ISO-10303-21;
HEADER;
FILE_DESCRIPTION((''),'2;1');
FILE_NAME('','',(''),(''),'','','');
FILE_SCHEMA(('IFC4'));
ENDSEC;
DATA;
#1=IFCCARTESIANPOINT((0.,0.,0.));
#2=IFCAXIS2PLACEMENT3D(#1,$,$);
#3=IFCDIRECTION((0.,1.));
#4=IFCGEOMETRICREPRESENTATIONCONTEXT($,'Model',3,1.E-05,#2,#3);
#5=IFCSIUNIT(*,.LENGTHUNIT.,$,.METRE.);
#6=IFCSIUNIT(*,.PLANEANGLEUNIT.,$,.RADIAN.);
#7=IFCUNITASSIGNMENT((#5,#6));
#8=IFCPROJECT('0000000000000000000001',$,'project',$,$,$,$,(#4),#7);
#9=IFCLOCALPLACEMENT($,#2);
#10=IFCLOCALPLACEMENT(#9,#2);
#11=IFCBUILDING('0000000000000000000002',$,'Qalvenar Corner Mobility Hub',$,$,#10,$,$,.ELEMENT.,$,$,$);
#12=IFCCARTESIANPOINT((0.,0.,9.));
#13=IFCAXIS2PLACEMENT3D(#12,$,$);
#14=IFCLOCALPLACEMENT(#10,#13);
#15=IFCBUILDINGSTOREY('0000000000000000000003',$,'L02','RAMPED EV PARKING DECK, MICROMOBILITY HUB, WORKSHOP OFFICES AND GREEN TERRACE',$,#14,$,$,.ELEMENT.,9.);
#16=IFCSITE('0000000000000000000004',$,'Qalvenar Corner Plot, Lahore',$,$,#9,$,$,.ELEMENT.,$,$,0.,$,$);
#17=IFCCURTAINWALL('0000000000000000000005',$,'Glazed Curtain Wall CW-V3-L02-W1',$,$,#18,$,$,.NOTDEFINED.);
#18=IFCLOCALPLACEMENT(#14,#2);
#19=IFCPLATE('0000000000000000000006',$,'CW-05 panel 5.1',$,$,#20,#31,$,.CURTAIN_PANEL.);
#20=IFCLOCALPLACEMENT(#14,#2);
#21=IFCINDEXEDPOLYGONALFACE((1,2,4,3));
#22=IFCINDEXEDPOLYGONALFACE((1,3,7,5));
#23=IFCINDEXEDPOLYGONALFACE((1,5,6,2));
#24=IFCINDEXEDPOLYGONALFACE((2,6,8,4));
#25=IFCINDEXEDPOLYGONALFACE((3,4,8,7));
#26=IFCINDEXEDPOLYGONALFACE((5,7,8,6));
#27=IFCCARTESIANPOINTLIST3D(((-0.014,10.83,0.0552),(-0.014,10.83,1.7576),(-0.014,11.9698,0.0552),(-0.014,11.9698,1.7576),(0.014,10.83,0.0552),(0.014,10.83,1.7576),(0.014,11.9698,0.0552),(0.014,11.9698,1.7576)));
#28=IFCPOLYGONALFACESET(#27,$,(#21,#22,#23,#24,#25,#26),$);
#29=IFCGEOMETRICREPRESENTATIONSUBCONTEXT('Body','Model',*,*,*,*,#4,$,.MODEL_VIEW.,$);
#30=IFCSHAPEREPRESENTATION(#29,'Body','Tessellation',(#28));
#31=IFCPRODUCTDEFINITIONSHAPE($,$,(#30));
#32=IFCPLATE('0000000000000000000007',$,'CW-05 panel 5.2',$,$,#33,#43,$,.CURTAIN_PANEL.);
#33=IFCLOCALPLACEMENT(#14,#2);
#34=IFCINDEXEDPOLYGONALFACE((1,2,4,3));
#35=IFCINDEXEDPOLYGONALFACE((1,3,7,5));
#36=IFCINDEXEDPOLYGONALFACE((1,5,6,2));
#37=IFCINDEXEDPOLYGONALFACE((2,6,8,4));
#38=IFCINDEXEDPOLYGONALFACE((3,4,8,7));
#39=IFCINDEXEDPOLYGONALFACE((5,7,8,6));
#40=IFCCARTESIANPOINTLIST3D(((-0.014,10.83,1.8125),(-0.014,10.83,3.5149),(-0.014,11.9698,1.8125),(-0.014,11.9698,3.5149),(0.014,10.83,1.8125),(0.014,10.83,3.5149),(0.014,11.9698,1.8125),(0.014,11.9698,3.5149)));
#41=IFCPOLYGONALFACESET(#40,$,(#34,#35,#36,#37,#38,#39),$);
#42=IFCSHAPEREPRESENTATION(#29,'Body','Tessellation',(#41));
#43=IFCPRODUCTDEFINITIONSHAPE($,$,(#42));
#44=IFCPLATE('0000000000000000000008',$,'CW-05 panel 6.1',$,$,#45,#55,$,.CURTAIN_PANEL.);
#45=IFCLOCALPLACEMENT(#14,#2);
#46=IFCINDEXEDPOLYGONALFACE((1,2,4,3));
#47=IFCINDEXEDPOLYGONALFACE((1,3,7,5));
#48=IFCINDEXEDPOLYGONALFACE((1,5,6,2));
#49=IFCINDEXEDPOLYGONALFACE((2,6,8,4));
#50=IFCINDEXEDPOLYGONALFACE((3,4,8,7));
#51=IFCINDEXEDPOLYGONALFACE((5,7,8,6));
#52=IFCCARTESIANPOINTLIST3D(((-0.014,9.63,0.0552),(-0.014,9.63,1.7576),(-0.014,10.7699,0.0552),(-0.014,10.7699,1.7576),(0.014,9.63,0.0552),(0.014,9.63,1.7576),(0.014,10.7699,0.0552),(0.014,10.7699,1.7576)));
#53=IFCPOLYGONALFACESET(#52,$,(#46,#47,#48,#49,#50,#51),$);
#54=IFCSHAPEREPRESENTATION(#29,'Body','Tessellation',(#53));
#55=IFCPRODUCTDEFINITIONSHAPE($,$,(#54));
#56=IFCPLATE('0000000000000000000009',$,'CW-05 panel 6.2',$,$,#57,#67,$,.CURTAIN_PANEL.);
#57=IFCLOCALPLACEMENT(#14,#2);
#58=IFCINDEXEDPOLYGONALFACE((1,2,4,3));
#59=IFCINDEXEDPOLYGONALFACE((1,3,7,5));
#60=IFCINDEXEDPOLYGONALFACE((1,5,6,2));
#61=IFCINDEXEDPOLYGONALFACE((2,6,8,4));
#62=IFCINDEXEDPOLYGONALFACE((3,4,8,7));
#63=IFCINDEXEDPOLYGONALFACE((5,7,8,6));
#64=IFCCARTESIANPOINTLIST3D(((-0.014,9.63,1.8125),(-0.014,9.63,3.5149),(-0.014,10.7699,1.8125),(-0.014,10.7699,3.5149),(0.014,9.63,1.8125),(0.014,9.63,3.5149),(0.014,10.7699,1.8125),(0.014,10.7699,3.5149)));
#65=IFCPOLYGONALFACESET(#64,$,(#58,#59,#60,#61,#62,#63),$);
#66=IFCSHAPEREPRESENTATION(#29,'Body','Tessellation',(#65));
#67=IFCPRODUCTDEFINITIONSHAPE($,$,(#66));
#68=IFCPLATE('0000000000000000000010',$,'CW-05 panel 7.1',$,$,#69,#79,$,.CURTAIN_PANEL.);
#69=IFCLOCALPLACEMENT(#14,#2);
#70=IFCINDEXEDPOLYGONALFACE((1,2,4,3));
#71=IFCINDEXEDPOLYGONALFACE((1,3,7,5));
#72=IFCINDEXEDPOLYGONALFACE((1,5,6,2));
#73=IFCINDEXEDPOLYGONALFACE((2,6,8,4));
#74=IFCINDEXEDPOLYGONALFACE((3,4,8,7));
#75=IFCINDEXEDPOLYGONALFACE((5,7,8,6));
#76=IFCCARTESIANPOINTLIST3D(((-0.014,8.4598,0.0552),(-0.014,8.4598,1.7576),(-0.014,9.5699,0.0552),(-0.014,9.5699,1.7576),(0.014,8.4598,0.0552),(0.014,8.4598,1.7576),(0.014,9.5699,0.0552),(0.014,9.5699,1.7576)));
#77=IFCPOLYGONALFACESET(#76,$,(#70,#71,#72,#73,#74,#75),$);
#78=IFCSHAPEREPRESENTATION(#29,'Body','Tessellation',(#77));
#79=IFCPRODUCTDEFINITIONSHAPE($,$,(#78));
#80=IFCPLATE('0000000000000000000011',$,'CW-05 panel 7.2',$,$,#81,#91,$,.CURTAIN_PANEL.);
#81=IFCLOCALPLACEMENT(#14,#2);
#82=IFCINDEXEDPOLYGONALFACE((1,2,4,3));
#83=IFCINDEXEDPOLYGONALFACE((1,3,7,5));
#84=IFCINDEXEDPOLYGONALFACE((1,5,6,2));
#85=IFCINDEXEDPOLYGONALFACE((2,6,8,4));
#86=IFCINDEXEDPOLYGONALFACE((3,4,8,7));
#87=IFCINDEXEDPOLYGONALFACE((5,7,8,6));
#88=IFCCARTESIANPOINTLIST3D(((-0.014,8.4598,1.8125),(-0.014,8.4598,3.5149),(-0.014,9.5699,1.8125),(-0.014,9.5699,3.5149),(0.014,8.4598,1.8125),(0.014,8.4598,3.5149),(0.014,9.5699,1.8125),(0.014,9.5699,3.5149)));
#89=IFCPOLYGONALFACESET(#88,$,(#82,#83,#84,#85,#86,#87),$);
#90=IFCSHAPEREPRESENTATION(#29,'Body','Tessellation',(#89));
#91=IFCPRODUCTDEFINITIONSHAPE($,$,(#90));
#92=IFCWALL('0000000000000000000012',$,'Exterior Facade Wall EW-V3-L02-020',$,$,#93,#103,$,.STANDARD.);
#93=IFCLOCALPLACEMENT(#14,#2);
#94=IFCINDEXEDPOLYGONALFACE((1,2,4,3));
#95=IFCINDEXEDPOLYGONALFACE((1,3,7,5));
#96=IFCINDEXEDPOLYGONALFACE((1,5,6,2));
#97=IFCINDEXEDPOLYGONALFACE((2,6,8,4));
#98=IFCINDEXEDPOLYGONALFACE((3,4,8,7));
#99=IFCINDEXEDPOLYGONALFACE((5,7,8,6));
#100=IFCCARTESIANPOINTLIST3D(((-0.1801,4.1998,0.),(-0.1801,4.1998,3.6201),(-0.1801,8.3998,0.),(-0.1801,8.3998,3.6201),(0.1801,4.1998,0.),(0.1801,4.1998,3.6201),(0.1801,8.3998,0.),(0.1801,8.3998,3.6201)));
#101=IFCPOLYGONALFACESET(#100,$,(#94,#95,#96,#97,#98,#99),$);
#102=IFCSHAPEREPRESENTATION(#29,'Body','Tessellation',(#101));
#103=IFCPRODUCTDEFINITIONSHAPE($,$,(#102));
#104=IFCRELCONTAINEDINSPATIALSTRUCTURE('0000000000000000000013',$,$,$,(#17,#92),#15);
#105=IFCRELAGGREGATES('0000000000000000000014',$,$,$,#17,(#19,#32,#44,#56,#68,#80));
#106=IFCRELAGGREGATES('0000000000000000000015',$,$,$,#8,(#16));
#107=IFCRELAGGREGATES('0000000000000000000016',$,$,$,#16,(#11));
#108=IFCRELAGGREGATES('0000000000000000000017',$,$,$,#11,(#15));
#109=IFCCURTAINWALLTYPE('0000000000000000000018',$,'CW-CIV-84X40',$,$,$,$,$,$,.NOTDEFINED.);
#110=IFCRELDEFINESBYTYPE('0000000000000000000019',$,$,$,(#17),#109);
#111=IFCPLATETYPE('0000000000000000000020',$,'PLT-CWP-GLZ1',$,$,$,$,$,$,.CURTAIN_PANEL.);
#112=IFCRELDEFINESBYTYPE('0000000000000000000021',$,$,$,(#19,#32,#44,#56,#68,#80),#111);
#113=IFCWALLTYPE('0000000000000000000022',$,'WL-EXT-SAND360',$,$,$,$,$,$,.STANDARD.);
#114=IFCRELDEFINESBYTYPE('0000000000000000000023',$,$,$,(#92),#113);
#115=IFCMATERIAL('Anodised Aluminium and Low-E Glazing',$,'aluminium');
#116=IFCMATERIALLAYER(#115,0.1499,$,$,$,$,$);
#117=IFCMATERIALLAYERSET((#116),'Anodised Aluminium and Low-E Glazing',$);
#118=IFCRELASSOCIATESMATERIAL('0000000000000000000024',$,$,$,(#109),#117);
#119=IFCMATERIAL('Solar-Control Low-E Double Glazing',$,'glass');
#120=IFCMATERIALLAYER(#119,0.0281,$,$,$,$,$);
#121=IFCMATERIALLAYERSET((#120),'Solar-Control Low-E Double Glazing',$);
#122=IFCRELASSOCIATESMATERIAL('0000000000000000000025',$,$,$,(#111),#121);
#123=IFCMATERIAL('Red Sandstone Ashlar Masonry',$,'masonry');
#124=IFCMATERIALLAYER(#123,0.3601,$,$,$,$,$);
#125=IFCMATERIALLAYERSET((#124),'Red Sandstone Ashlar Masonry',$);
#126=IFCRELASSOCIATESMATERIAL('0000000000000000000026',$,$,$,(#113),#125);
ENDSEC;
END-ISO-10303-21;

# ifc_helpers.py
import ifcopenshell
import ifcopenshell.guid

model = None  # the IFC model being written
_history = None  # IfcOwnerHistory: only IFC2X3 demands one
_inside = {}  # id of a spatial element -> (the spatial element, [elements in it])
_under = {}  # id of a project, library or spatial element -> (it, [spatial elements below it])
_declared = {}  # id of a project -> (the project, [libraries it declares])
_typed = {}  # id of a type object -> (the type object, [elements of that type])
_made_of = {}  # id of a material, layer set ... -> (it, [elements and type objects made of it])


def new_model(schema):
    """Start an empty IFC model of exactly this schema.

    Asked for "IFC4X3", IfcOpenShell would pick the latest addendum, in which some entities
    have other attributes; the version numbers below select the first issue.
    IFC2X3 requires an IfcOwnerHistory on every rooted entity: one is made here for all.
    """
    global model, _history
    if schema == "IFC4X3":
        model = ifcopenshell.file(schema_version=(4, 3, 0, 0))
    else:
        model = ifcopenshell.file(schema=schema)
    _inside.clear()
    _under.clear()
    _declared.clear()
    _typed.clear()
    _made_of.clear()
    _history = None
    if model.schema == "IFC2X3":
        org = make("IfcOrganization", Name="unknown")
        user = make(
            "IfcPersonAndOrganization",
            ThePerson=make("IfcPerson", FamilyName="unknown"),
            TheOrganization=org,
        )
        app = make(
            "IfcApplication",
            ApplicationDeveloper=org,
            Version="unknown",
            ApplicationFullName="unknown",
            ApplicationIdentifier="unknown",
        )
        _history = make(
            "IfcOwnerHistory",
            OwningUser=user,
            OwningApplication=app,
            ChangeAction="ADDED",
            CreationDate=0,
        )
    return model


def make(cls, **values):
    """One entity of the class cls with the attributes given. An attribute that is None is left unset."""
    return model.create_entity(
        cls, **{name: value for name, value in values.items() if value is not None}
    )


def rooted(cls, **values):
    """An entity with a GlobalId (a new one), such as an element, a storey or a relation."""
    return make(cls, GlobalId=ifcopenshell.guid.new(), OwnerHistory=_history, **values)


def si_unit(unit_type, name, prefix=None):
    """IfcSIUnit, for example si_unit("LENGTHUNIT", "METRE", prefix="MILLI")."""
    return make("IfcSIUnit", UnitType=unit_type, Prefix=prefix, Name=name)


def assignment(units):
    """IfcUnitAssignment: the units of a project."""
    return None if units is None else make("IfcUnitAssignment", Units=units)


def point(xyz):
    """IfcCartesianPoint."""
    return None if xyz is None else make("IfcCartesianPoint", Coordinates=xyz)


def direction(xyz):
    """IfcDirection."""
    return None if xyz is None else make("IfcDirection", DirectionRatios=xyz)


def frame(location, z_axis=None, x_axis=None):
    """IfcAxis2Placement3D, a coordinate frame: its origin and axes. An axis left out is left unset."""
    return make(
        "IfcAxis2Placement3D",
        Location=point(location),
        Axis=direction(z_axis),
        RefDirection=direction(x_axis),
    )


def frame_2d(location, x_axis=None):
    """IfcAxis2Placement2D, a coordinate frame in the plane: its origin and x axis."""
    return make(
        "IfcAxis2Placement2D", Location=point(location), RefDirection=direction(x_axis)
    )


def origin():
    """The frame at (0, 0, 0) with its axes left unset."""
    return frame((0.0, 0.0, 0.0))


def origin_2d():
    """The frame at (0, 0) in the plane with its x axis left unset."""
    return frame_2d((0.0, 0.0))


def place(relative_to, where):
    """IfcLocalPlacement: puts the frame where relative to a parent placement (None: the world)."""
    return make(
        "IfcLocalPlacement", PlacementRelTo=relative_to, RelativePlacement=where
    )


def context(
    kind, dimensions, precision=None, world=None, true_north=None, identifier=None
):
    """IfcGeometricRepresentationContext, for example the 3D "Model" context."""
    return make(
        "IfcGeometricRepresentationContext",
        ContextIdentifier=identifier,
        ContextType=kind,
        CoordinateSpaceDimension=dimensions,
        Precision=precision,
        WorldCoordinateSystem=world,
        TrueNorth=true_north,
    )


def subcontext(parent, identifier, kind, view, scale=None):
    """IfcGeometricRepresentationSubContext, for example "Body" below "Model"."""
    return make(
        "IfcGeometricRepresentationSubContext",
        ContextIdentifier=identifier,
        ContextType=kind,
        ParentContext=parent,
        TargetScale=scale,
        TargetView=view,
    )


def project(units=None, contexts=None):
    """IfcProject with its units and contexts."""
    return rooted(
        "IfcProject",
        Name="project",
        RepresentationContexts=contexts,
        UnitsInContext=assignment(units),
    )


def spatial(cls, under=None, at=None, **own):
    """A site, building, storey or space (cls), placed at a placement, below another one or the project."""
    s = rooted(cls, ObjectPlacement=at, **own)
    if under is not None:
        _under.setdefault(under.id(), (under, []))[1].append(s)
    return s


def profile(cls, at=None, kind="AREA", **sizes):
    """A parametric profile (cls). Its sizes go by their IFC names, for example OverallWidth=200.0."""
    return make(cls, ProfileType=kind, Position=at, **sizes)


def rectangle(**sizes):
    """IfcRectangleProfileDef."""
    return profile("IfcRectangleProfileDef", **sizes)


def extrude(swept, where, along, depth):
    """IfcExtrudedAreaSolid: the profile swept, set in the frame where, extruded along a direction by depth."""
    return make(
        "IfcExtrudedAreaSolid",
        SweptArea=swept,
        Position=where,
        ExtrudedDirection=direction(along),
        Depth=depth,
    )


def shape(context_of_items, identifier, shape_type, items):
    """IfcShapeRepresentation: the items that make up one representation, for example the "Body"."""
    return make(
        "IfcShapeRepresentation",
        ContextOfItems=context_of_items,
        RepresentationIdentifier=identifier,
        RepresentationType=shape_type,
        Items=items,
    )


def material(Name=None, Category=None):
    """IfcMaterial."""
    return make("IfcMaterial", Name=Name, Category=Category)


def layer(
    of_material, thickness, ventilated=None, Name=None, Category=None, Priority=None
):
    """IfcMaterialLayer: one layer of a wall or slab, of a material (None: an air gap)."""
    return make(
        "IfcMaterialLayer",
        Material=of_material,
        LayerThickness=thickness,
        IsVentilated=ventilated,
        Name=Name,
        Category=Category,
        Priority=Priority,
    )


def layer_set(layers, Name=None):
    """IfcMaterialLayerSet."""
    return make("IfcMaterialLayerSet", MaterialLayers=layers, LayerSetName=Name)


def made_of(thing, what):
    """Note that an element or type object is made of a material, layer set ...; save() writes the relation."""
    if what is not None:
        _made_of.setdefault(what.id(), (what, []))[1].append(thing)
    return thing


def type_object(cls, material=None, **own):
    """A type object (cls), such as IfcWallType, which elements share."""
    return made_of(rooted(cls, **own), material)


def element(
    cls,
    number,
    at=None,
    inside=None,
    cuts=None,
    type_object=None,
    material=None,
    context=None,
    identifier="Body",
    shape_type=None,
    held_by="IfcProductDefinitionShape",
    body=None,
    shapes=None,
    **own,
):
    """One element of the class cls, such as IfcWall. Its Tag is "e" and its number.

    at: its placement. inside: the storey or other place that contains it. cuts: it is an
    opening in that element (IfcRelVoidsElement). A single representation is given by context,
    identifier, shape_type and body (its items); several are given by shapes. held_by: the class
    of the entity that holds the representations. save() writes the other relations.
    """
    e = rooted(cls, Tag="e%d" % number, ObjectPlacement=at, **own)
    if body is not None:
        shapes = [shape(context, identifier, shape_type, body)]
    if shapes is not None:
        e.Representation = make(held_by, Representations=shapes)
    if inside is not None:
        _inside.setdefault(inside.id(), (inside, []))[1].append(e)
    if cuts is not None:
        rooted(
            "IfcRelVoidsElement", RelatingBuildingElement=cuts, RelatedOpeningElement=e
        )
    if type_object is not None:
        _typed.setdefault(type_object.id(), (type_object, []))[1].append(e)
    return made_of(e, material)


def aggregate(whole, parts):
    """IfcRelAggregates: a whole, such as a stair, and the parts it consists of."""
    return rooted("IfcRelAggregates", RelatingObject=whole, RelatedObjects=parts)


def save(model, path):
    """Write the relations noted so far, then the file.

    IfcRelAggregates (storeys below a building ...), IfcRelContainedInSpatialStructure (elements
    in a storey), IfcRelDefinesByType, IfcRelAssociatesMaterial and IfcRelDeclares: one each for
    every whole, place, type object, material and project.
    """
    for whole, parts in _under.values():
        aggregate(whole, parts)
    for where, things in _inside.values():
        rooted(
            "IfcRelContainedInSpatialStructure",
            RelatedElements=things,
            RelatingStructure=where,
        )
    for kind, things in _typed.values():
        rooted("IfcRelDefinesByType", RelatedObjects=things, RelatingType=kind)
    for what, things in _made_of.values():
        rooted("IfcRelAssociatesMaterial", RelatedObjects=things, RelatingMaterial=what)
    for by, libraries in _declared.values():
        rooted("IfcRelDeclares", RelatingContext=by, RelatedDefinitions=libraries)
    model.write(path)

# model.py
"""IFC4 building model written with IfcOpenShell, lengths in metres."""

from ifc_helpers import new_model, si_unit, direction, frame, frame_2d, origin, origin_2d, place, context, subcontext, project, spatial, rectangle, extrude, material, layer, layer_set, type_object, element, aggregate, save


model = new_model("IFC4")

# Units and contexts
model_context = context("Model", 3, precision=1e-05, world=origin(), true_north=direction((0.0, 1.0)))
body_context = subcontext(model_context, "Body", "Model", "MODEL_VIEW")
ifc_project = project(units=[si_unit("LENGTHUNIT", "METRE"), si_unit("PLANEANGLEUNIT", "RADIAN")], contexts=[model_context])

# Site, building, storey
site_placement = place(None, origin())
site = spatial("IfcSite", under=ifc_project, at=site_placement, Name="Qalvenar Corner Plot, Lahore", CompositionType="ELEMENT", RefElevation=0.0)
building_placement = place(site_placement, origin())
building = spatial("IfcBuilding", under=site, at=building_placement, Name="Qalvenar Corner Mobility Hub", CompositionType="ELEMENT")
storey_placement = place(building_placement, frame((0.0, 0.0, 9.0)))
storey = spatial("IfcBuildingStorey", under=building, at=storey_placement, Name="L02", Description="RAMPED EV PARKING DECK, MICROMOBILITY HUB, WORKSHOP OFFICES AND GREEN TERRACE", CompositionType="ELEMENT", Elevation=9.0)

# Curtain wall, plates
ifc_material_1 = material(Name="Anodised Aluminium and Low-E Glazing", Category="aluminium")
ifc_layer_1 = layer(ifc_material_1, 0.1499)
ifc_layer_set_1 = layer_set([ifc_layer_1], Name="Anodised Aluminium and Low-E Glazing")
curtain_wall_type = type_object("IfcCurtainWallType", Name="CW-CIV-84X40", PredefinedType="NOTDEFINED", material=ifc_layer_set_1)
curtain_wall_placement = place(storey_placement, origin())
curtain_wall = element("IfcCurtainWall", 1, at=curtain_wall_placement, inside=storey, type_object=curtain_wall_type, Name="Glazed Curtain Wall CW-V3-L02-W1", PredefinedType="NOTDEFINED")
ifc_material_2 = material(Name="Solar-Control Low-E Double Glazing", Category="glass")
ifc_layer_2 = layer(ifc_material_2, 0.0281)
ifc_layer_set_2 = layer_set([ifc_layer_2], Name="Solar-Control Low-E Double Glazing")
plate_type = type_object("IfcPlateType", Name="PLT-CWP-GLZ1", PredefinedType="CURTAIN_PANEL", material=ifc_layer_set_2)
plate_1_placement = place(storey_placement, frame((0.0, 11.3999, 0.0552), z_axis=(0.0, 0.0, 1.0), x_axis=(0.0, -1.0, 0.0)))
plate_1 = element("IfcPlate", 2, at=plate_1_placement, type_object=plate_type, Name="CW-05 panel 5.1", PredefinedType="CURTAIN_PANEL", context=body_context, shape_type="SweptSolid", body=[
    extrude(rectangle(XDim=1.1399, YDim=0.0281, at=origin_2d()), origin(), (0.0, 0.0, 1.0), 1.7024),
])
plate_2_placement = place(storey_placement, frame((0.0, 11.3999, 1.8125), z_axis=(0.0, 0.0, 1.0), x_axis=(0.0, -1.0, 0.0)))
plate_2 = element("IfcPlate", 3, at=plate_2_placement, type_object=plate_type, Name="CW-05 panel 5.2", PredefinedType="CURTAIN_PANEL", context=body_context, shape_type="SweptSolid", body=[
    extrude(rectangle(XDim=1.1399, YDim=0.0281, at=origin_2d()), origin(), (0.0, 0.0, 1.0), 1.7024),
])
plate_3_placement = place(storey_placement, frame((0.0, 10.2, 0.0552), z_axis=(0.0, 0.0, 1.0), x_axis=(0.0, -1.0, 0.0)))
plate_3 = element("IfcPlate", 4, at=plate_3_placement, type_object=plate_type, Name="CW-05 panel 6.1", PredefinedType="CURTAIN_PANEL", context=body_context, shape_type="SweptSolid", body=[
    extrude(rectangle(XDim=1.1399, YDim=0.0281, at=origin_2d()), origin(), (0.0, 0.0, 1.0), 1.7024),
])
plate_4_placement = place(storey_placement, frame((0.0, 10.2, 1.8125), z_axis=(0.0, 0.0, 1.0), x_axis=(0.0, -1.0, 0.0)))
plate_4 = element("IfcPlate", 5, at=plate_4_placement, type_object=plate_type, Name="CW-05 panel 6.2", PredefinedType="CURTAIN_PANEL", context=body_context, shape_type="SweptSolid", body=[
    extrude(rectangle(XDim=1.1399, YDim=0.0281, at=origin_2d()), origin(), (0.0, 0.0, 1.0), 1.7024),
])
plate_5_placement = place(storey_placement, frame((0.0, 9.0149, 0.0552), z_axis=(0.0, 0.0, 1.0), x_axis=(0.0, -1.0, 0.0)))
plate_5 = element("IfcPlate", 6, at=plate_5_placement, type_object=plate_type, Name="CW-05 panel 7.1", PredefinedType="CURTAIN_PANEL", context=body_context, shape_type="SweptSolid", body=[
    extrude(rectangle(XDim=1.1101, YDim=0.0281, at=origin_2d()), origin(), (0.0, 0.0, 1.0), 1.7024),
])
plate_6_placement = place(storey_placement, frame((0.0, 9.0149, 1.8125), z_axis=(0.0, 0.0, 1.0), x_axis=(0.0, -1.0, 0.0)))
plate_6 = element("IfcPlate", 7, at=plate_6_placement, type_object=plate_type, Name="CW-05 panel 7.2", PredefinedType="CURTAIN_PANEL", context=body_context, shape_type="SweptSolid", body=[
    extrude(rectangle(XDim=1.1101, YDim=0.0281, at=origin_2d()), origin(), (0.0, 0.0, 1.0), 1.7024),
])
aggregate(curtain_wall, [plate_1, plate_2, plate_3, plate_4, plate_5, plate_6])

# Wall
ifc_material_3 = material(Name="Red Sandstone Ashlar Masonry", Category="masonry")
ifc_layer_3 = layer(ifc_material_3, 0.3601)
ifc_layer_set_3 = layer_set([ifc_layer_3], Name="Red Sandstone Ashlar Masonry")
wall_type = type_object("IfcWallType", Name="WL-EXT-SAND360", PredefinedType="STANDARD", material=ifc_layer_set_3)
wall_placement = place(storey_placement, frame((0.0, 8.3999, 0.0), z_axis=(0.0, 0.0, 1.0), x_axis=(0.0, -1.0, 0.0)))
element("IfcWall", 8, at=wall_placement, inside=storey, type_object=wall_type, Name="Exterior Facade Wall EW-V3-L02-020", PredefinedType="STANDARD", context=body_context, shape_type="SweptSolid", body=[
    extrude(rectangle(XDim=4.2, YDim=0.3601, at=frame_2d((2.1001, 0.0))), origin(), (0.0, 0.0, 1.0), 3.6201),
])

save(model, "model.ifc")
